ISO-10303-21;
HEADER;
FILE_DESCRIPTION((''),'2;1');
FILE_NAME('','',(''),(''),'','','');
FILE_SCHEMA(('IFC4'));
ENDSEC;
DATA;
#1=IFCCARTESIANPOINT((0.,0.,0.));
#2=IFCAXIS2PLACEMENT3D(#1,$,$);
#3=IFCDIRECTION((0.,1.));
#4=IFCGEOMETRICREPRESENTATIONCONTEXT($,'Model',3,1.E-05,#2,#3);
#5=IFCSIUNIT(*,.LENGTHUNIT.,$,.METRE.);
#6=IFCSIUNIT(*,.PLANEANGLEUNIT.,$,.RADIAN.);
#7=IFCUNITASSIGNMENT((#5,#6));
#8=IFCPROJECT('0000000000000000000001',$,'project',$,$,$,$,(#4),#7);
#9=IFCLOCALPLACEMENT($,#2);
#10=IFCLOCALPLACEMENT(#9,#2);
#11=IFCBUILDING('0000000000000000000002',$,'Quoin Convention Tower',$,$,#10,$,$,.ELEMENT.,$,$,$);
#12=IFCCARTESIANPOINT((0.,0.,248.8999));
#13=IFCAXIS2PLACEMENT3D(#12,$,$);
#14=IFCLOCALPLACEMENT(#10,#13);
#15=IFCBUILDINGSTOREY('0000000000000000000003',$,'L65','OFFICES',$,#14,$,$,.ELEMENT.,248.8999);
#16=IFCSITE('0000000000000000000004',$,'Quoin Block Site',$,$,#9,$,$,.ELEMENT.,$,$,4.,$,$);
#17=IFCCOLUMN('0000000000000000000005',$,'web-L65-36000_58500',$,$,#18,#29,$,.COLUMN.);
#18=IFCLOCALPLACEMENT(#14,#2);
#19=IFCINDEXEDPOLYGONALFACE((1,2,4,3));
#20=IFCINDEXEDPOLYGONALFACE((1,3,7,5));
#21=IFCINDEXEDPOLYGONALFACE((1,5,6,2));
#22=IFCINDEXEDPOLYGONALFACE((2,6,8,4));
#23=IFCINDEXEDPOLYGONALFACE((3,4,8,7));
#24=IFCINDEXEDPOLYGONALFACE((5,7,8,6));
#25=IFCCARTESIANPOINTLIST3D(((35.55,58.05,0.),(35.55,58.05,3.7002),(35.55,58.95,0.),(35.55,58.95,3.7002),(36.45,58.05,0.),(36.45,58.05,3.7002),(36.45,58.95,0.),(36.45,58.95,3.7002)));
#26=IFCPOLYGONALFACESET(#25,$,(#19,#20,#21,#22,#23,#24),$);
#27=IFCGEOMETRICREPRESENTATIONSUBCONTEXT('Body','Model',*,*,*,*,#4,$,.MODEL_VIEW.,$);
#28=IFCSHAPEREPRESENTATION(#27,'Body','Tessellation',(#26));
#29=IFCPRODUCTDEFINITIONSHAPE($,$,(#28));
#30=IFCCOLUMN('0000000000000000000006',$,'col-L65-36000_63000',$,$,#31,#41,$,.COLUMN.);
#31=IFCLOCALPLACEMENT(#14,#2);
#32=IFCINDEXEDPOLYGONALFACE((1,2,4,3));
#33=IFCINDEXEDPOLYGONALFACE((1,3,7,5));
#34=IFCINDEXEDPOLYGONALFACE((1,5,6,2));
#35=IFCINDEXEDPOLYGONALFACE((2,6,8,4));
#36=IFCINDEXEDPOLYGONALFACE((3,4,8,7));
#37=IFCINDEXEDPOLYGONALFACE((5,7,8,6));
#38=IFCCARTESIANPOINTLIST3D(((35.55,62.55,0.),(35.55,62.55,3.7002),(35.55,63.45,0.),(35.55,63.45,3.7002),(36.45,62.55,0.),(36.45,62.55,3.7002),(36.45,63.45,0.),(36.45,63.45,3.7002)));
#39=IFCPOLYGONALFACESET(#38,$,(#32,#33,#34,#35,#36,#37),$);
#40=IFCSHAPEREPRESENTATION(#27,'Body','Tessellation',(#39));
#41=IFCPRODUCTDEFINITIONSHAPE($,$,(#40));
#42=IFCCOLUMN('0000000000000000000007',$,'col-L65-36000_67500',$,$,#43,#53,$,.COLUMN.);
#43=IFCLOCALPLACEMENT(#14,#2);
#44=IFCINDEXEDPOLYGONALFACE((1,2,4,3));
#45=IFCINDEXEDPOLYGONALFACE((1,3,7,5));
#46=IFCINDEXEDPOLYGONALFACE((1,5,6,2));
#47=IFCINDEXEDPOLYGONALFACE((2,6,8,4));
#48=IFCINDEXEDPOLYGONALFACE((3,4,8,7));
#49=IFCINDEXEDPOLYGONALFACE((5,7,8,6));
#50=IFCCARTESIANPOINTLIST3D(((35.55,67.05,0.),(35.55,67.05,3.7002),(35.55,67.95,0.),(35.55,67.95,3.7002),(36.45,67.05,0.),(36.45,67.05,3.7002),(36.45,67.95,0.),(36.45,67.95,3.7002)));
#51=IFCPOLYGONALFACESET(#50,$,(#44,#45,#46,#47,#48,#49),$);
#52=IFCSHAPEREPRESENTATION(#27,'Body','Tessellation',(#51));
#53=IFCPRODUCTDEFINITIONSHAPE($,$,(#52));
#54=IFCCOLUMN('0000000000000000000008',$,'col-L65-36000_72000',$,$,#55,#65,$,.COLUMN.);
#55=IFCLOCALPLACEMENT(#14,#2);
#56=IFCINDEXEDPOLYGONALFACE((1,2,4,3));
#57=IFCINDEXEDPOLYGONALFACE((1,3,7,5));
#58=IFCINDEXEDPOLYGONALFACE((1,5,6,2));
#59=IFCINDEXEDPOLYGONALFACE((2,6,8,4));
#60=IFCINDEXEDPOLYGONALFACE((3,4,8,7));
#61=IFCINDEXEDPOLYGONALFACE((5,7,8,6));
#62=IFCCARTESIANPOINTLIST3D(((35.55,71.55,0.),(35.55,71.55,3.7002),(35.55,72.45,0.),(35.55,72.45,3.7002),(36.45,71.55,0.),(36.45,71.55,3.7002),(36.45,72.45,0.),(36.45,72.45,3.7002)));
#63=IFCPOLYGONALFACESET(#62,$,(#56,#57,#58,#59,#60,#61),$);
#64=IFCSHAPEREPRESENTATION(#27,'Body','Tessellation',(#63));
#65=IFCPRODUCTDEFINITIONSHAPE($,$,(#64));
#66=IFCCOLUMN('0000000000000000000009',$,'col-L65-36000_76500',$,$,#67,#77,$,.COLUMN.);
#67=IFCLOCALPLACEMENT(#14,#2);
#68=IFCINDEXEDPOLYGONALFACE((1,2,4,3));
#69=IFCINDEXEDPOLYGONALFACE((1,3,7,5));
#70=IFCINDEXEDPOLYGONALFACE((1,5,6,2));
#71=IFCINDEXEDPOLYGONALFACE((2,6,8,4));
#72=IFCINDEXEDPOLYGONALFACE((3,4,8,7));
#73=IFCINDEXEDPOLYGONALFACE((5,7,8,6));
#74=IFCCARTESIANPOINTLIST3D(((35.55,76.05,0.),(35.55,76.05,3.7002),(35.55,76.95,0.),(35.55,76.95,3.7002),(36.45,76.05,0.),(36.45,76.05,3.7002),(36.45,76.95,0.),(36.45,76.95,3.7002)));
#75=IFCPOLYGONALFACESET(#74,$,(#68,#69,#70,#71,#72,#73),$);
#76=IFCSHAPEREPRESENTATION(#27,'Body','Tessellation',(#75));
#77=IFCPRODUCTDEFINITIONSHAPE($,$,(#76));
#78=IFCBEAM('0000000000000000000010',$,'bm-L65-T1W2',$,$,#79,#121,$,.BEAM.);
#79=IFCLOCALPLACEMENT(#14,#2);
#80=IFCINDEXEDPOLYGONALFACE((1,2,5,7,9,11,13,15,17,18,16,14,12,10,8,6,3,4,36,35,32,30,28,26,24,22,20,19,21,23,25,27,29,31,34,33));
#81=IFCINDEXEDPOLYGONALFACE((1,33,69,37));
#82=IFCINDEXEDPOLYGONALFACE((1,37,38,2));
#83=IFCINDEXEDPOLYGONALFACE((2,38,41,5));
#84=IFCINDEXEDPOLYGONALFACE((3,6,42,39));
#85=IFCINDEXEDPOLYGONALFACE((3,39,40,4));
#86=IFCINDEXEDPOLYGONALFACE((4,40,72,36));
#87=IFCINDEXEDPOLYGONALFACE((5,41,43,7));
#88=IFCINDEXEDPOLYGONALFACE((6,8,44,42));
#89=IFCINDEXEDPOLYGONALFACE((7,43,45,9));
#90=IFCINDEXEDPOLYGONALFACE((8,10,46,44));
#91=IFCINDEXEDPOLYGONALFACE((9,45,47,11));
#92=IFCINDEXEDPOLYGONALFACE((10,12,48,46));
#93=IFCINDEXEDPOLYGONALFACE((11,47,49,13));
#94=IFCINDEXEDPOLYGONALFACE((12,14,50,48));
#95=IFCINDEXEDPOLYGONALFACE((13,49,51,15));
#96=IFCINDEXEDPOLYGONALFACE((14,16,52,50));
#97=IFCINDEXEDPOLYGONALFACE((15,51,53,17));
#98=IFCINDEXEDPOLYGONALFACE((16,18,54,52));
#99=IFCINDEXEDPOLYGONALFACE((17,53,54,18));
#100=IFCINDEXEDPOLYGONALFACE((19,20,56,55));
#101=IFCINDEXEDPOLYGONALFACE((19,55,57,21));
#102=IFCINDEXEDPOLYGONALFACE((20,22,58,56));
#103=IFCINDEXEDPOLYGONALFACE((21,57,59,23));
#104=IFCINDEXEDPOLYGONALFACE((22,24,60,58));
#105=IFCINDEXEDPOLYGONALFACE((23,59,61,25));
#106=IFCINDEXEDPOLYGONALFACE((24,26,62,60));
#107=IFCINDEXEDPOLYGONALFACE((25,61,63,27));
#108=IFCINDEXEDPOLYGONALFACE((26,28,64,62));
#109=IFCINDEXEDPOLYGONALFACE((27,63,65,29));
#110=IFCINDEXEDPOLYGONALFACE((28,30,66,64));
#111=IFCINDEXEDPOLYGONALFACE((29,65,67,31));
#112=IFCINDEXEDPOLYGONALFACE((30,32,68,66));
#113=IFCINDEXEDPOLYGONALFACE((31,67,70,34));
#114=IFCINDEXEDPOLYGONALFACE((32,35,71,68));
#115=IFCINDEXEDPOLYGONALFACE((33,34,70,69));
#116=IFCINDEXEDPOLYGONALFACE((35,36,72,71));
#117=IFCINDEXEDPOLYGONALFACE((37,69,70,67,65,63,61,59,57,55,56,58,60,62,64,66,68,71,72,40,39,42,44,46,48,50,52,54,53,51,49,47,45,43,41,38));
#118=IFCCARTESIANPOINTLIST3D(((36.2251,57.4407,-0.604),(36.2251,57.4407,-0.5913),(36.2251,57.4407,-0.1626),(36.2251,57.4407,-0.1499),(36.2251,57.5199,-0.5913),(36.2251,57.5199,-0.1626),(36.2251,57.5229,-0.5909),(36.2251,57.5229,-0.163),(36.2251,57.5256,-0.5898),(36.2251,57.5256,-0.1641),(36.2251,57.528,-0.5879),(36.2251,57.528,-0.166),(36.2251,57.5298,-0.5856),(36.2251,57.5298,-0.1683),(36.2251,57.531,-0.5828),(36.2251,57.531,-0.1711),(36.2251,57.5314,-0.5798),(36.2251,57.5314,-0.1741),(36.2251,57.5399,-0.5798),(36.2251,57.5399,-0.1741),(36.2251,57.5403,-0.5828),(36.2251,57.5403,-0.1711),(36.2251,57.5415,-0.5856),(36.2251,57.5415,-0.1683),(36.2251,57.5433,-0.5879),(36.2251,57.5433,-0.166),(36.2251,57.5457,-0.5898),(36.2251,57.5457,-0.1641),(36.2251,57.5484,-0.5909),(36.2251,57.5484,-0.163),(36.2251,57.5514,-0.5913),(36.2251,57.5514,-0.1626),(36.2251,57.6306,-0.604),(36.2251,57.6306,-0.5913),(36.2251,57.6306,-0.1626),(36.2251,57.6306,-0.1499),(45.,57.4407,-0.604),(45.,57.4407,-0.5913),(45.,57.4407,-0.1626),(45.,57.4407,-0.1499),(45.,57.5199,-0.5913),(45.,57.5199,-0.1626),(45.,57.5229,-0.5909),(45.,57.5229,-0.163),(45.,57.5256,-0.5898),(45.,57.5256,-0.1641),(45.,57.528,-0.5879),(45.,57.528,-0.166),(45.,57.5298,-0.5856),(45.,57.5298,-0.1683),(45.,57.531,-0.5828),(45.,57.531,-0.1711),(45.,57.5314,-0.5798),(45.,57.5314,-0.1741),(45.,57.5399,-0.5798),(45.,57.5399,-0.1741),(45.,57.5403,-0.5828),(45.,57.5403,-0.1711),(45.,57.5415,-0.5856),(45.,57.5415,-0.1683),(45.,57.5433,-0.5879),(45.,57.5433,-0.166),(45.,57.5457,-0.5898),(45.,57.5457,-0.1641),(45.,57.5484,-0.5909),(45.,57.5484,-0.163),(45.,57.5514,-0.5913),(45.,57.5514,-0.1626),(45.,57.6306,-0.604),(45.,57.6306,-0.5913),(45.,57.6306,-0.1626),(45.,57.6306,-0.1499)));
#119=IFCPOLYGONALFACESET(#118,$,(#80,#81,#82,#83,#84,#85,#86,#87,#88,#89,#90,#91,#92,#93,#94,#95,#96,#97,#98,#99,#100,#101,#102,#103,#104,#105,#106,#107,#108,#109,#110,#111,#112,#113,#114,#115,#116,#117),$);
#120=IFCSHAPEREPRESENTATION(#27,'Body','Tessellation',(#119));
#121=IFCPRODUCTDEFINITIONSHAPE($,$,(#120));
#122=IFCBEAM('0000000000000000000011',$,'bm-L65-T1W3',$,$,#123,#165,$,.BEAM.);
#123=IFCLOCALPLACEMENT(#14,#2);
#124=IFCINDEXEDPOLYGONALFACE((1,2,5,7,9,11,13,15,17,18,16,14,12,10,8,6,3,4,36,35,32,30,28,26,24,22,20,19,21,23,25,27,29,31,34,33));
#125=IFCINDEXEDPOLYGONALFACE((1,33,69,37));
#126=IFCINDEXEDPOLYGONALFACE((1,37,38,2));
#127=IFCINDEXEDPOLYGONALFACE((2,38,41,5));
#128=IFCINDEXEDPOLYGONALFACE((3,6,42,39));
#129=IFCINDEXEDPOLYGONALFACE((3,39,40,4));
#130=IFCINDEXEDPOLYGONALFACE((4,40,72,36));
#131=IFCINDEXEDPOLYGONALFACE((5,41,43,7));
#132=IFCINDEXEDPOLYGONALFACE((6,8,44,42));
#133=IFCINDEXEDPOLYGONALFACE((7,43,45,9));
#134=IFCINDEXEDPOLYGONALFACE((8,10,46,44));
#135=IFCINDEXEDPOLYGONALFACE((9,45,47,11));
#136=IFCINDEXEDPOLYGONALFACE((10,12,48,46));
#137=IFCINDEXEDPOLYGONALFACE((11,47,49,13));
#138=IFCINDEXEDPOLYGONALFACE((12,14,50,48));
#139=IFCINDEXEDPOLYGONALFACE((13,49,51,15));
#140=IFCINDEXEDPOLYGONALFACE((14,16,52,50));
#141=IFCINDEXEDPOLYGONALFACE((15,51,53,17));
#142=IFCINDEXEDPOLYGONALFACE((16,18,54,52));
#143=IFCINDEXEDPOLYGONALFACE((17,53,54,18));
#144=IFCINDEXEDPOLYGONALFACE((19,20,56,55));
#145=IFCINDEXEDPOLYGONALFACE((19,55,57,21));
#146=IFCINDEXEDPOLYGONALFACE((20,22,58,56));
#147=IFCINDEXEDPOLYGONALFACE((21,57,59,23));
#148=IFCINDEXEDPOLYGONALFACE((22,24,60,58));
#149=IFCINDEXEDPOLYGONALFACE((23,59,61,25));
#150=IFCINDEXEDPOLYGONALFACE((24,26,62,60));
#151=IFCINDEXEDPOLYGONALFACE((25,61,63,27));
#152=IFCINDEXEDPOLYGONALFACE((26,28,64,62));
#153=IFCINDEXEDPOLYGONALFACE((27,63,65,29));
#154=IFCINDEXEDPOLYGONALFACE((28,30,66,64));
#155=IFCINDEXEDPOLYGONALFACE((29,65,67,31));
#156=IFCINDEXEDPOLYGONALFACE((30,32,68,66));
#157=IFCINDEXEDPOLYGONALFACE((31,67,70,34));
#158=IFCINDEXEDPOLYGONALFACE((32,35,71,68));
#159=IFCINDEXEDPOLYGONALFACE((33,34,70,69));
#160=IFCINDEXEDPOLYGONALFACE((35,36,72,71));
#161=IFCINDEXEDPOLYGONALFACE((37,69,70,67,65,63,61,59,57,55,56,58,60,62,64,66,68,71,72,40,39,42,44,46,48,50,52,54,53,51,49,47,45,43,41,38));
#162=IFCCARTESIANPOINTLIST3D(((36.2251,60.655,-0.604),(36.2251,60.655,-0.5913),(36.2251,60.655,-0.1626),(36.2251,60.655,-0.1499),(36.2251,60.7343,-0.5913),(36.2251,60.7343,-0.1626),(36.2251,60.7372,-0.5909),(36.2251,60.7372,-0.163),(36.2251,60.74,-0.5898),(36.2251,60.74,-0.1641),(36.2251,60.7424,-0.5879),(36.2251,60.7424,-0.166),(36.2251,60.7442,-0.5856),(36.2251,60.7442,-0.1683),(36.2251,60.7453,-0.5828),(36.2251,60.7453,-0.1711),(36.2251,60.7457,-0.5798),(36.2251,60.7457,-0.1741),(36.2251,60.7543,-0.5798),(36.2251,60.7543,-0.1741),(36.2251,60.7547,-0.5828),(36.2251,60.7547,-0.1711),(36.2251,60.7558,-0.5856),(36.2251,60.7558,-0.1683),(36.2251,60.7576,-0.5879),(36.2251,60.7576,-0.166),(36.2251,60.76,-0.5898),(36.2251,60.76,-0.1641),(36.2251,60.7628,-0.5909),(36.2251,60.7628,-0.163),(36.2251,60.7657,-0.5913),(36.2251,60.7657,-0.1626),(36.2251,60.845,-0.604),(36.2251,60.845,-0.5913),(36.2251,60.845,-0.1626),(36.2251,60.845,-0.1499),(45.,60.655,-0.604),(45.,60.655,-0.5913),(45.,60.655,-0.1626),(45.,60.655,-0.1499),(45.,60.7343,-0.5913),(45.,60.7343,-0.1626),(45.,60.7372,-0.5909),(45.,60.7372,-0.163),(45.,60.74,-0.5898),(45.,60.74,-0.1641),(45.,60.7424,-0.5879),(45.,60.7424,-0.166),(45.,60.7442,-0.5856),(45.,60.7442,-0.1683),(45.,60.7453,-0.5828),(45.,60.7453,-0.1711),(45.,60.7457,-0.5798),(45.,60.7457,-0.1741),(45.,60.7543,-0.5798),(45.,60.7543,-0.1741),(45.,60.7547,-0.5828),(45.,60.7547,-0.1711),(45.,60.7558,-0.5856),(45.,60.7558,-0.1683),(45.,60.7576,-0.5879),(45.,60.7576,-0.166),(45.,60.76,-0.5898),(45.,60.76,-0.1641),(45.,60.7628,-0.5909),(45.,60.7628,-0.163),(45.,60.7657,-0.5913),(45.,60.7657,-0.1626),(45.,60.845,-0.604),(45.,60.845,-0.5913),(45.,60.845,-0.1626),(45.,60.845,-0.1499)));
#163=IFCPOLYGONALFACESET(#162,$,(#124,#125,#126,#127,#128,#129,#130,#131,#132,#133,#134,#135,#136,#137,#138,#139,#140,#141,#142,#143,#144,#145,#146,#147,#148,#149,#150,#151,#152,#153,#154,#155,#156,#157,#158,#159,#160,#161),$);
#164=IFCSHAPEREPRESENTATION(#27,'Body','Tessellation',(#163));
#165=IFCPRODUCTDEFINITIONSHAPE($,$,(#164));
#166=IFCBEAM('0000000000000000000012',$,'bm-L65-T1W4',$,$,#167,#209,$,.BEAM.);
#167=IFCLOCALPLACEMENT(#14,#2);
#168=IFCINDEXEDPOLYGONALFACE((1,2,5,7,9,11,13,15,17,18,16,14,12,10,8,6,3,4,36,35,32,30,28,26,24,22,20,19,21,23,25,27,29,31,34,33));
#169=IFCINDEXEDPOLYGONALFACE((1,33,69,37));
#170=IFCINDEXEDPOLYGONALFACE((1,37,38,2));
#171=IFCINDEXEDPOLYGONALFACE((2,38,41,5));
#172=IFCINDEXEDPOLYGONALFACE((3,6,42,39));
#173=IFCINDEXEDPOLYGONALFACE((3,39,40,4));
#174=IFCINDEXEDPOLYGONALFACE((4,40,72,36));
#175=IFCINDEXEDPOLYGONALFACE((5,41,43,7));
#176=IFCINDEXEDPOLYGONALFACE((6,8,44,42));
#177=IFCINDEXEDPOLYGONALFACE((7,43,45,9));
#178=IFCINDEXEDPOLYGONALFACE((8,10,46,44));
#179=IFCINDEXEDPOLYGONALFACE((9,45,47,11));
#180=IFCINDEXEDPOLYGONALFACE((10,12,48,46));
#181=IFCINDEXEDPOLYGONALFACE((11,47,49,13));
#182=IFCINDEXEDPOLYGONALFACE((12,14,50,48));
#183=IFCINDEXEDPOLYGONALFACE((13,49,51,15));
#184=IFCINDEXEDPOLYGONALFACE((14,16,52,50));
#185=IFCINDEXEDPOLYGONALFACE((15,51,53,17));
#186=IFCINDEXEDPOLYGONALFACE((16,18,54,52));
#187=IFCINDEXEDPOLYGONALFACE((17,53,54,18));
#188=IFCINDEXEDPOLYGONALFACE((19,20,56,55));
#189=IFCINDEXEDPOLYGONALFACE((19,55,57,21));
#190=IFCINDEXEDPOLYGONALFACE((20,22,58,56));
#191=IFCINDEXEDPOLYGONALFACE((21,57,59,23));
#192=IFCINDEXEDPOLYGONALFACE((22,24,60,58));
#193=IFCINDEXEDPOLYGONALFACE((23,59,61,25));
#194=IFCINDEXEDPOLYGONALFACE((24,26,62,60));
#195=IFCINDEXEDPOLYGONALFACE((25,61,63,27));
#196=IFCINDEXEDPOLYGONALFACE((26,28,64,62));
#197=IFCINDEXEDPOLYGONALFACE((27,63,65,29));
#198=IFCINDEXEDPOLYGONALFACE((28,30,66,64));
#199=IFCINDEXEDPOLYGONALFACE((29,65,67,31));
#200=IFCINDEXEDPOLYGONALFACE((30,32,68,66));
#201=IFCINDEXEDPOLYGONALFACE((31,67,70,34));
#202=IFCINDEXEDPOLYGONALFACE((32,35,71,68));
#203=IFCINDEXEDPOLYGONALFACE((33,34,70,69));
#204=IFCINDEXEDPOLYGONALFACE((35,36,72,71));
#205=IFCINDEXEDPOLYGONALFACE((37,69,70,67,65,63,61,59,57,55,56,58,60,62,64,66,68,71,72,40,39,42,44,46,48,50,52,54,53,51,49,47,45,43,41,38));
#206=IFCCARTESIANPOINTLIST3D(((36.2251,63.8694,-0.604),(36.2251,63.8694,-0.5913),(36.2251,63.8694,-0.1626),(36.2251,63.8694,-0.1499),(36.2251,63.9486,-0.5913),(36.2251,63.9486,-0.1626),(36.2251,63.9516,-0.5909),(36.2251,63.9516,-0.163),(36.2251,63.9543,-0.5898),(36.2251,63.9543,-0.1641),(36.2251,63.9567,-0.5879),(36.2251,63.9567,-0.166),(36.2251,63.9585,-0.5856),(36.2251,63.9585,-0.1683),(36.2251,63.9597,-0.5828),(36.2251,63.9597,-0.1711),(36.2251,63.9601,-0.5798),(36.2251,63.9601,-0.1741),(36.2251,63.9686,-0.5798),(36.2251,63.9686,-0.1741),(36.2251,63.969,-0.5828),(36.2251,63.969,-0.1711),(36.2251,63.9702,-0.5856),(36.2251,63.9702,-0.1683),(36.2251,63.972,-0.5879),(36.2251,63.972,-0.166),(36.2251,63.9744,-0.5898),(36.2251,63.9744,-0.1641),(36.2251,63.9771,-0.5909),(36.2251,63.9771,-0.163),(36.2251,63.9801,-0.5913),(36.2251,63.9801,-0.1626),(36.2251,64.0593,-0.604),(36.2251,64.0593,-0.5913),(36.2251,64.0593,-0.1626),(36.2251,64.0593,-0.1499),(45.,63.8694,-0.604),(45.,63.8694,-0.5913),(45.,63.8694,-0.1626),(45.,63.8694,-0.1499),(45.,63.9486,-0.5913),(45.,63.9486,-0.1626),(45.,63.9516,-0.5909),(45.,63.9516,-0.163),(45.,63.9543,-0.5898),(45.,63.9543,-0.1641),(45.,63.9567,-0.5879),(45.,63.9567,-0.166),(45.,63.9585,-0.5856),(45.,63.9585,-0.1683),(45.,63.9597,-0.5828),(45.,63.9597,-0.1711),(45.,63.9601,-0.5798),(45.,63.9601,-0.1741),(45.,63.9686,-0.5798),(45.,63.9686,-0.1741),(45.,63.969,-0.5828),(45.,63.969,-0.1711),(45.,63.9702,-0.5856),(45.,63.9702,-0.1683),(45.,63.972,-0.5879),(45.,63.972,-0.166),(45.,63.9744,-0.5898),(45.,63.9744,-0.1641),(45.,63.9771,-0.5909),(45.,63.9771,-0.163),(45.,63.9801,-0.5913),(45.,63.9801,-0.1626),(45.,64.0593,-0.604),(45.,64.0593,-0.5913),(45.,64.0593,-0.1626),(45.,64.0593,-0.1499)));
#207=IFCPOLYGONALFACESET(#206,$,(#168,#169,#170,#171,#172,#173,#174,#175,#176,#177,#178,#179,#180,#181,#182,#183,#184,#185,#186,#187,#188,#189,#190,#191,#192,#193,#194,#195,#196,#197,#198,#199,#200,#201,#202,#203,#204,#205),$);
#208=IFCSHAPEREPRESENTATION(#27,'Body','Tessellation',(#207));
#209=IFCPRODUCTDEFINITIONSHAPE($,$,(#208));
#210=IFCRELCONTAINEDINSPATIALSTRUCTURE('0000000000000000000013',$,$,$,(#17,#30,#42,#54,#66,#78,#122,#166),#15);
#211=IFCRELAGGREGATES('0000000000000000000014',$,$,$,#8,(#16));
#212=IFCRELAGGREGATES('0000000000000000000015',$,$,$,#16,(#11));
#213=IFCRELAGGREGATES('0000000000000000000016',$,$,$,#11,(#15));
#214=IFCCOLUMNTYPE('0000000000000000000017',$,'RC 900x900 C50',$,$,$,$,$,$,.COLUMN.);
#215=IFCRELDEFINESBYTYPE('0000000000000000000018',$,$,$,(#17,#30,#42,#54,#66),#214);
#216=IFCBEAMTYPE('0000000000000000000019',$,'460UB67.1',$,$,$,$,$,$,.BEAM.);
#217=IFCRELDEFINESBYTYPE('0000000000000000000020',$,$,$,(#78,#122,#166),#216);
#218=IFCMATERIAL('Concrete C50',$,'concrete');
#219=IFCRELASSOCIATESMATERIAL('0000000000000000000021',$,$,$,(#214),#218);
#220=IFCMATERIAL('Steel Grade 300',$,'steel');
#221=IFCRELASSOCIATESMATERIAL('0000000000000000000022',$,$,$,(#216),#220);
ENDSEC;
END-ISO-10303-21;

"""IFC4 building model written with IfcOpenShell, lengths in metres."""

from ifc_helpers import new_model, si_unit, direction, frame, origin, origin_2d, place, context, subcontext, project, spatial, rectangle, i_section, extrude, material, material_profile, profile_set, type_object, element, save


model = new_model("IFC4")

# Units and contexts
model_context = context("Model", 3, precision=1e-05, world=origin(), true_north=direction((0.0, 1.0)))
body_context = subcontext(model_context, "Body", "Model", "MODEL_VIEW")
ifc_project = project(units=[si_unit("LENGTHUNIT", "METRE"), si_unit("PLANEANGLEUNIT", "RADIAN")], contexts=[model_context])

# Site, building, storey
site_placement = place(None, origin())
site = spatial("IfcSite", under=ifc_project, at=site_placement, Name="Quoin Block Site", CompositionType="ELEMENT", RefElevation=4.0)
building_placement = place(site_placement, origin())
building = spatial("IfcBuilding", under=site, at=building_placement, Name="Quoin Convention Tower", CompositionType="ELEMENT")
storey_placement = place(building_placement, frame((0.0, 0.0, 248.8999)))
storey = spatial("IfcBuildingStorey", under=building, at=storey_placement, Name="L65", Description="OFFICES", CompositionType="ELEMENT", Elevation=248.8999)

# Columns
ifc_material_1 = material(Name="Concrete C50", Category="concrete")
ifc_material_profile_1 = material_profile(ifc_material_1, rectangle(XDim=0.8999, YDim=0.8999, at=origin_2d()), Name="RC 900x900")
ifc_profile_set_1 = profile_set([ifc_material_profile_1], Name="Concrete C50")
column_type = type_object("IfcColumnType", Name="RC 900x900 C50", PredefinedType="COLUMN", material=ifc_profile_set_1)
for number, where, z_axis, x_axis, name in (
    (1, (36.0, 58.5, 0.0), (0.0, 0.0, 1.0), (1.0, 0.0, 0.0), "web-L65-36000_58500"),
    (2, (36.0, 63.0, 0.0), (0.0, 0.0, 1.0), (1.0, 0.0, 0.0), "col-L65-36000_63000"),
    (3, (36.0, 67.5, 0.0), (0.0, 0.0, 1.0), (1.0, 0.0, 0.0), "col-L65-36000_67500"),
    (4, (36.0, 72.0, 0.0), (0.0, 0.0, 1.0), (1.0, 0.0, 0.0), "col-L65-36000_72000"),
    (5, (36.0, 76.5, 0.0), (0.0, 0.0, 1.0), (1.0, 0.0, 0.0), "col-L65-36000_76500"),
):
    element("IfcColumn", number, at=place(storey_placement, frame(where, z_axis=z_axis, x_axis=x_axis)), inside=storey, type_object=column_type, Name=name, PredefinedType="COLUMN", context=body_context, shape_type="SweptSolid", body=[
        extrude(rectangle(XDim=0.8999, YDim=0.8999, at=origin_2d()), origin(), (0.0, 0.0, 1.0), 3.7002),
    ])

# Beams
ifc_material_2 = material(Name="Steel Grade 300", Category="steel")
ifc_material_profile_2 = material_profile(ifc_material_2, i_section(OverallWidth=0.1899, OverallDepth=0.4541, WebThickness=0.0085, FlangeThickness=0.0127, FilletRadius=0.0115, at=origin_2d()), Name="460UB67.1")
ifc_profile_set_2 = profile_set([ifc_material_profile_2], Name="Steel Grade 300")
beam_type_1 = type_object("IfcBeamType", Name="460UB67.1", PredefinedType="BEAM", material=ifc_profile_set_2)
for number, where, z_axis, x_axis, name in (
    (6, (36.2251, 57.5356, -0.377), (1.0, 0.0, 0.0), (0.0, 1.0, 0.0), "bm-L65-T1W2"),
    (7, (36.2251, 60.75, -0.377), (1.0, 0.0, 0.0), (0.0, 1.0, 0.0), "bm-L65-T1W3"),
    (8, (36.2251, 63.9644, -0.377), (1.0, 0.0, 0.0), (0.0, 1.0, 0.0), "bm-L65-T1W4"),
):
    element("IfcBeam", number, at=place(storey_placement, frame(where, z_axis=z_axis, x_axis=x_axis)), inside=storey, type_object=beam_type_1, Name=name, PredefinedType="BEAM", context=body_context, shape_type="SweptSolid", body=[
        extrude(i_section(OverallWidth=0.1899, OverallDepth=0.4541, WebThickness=0.0085, FlangeThickness=0.0127, FilletRadius=0.0115, at=origin_2d()), origin(), (0.0, 0.0, 1.0), 8.7749),
    ])

save(model, "model.ifc")
